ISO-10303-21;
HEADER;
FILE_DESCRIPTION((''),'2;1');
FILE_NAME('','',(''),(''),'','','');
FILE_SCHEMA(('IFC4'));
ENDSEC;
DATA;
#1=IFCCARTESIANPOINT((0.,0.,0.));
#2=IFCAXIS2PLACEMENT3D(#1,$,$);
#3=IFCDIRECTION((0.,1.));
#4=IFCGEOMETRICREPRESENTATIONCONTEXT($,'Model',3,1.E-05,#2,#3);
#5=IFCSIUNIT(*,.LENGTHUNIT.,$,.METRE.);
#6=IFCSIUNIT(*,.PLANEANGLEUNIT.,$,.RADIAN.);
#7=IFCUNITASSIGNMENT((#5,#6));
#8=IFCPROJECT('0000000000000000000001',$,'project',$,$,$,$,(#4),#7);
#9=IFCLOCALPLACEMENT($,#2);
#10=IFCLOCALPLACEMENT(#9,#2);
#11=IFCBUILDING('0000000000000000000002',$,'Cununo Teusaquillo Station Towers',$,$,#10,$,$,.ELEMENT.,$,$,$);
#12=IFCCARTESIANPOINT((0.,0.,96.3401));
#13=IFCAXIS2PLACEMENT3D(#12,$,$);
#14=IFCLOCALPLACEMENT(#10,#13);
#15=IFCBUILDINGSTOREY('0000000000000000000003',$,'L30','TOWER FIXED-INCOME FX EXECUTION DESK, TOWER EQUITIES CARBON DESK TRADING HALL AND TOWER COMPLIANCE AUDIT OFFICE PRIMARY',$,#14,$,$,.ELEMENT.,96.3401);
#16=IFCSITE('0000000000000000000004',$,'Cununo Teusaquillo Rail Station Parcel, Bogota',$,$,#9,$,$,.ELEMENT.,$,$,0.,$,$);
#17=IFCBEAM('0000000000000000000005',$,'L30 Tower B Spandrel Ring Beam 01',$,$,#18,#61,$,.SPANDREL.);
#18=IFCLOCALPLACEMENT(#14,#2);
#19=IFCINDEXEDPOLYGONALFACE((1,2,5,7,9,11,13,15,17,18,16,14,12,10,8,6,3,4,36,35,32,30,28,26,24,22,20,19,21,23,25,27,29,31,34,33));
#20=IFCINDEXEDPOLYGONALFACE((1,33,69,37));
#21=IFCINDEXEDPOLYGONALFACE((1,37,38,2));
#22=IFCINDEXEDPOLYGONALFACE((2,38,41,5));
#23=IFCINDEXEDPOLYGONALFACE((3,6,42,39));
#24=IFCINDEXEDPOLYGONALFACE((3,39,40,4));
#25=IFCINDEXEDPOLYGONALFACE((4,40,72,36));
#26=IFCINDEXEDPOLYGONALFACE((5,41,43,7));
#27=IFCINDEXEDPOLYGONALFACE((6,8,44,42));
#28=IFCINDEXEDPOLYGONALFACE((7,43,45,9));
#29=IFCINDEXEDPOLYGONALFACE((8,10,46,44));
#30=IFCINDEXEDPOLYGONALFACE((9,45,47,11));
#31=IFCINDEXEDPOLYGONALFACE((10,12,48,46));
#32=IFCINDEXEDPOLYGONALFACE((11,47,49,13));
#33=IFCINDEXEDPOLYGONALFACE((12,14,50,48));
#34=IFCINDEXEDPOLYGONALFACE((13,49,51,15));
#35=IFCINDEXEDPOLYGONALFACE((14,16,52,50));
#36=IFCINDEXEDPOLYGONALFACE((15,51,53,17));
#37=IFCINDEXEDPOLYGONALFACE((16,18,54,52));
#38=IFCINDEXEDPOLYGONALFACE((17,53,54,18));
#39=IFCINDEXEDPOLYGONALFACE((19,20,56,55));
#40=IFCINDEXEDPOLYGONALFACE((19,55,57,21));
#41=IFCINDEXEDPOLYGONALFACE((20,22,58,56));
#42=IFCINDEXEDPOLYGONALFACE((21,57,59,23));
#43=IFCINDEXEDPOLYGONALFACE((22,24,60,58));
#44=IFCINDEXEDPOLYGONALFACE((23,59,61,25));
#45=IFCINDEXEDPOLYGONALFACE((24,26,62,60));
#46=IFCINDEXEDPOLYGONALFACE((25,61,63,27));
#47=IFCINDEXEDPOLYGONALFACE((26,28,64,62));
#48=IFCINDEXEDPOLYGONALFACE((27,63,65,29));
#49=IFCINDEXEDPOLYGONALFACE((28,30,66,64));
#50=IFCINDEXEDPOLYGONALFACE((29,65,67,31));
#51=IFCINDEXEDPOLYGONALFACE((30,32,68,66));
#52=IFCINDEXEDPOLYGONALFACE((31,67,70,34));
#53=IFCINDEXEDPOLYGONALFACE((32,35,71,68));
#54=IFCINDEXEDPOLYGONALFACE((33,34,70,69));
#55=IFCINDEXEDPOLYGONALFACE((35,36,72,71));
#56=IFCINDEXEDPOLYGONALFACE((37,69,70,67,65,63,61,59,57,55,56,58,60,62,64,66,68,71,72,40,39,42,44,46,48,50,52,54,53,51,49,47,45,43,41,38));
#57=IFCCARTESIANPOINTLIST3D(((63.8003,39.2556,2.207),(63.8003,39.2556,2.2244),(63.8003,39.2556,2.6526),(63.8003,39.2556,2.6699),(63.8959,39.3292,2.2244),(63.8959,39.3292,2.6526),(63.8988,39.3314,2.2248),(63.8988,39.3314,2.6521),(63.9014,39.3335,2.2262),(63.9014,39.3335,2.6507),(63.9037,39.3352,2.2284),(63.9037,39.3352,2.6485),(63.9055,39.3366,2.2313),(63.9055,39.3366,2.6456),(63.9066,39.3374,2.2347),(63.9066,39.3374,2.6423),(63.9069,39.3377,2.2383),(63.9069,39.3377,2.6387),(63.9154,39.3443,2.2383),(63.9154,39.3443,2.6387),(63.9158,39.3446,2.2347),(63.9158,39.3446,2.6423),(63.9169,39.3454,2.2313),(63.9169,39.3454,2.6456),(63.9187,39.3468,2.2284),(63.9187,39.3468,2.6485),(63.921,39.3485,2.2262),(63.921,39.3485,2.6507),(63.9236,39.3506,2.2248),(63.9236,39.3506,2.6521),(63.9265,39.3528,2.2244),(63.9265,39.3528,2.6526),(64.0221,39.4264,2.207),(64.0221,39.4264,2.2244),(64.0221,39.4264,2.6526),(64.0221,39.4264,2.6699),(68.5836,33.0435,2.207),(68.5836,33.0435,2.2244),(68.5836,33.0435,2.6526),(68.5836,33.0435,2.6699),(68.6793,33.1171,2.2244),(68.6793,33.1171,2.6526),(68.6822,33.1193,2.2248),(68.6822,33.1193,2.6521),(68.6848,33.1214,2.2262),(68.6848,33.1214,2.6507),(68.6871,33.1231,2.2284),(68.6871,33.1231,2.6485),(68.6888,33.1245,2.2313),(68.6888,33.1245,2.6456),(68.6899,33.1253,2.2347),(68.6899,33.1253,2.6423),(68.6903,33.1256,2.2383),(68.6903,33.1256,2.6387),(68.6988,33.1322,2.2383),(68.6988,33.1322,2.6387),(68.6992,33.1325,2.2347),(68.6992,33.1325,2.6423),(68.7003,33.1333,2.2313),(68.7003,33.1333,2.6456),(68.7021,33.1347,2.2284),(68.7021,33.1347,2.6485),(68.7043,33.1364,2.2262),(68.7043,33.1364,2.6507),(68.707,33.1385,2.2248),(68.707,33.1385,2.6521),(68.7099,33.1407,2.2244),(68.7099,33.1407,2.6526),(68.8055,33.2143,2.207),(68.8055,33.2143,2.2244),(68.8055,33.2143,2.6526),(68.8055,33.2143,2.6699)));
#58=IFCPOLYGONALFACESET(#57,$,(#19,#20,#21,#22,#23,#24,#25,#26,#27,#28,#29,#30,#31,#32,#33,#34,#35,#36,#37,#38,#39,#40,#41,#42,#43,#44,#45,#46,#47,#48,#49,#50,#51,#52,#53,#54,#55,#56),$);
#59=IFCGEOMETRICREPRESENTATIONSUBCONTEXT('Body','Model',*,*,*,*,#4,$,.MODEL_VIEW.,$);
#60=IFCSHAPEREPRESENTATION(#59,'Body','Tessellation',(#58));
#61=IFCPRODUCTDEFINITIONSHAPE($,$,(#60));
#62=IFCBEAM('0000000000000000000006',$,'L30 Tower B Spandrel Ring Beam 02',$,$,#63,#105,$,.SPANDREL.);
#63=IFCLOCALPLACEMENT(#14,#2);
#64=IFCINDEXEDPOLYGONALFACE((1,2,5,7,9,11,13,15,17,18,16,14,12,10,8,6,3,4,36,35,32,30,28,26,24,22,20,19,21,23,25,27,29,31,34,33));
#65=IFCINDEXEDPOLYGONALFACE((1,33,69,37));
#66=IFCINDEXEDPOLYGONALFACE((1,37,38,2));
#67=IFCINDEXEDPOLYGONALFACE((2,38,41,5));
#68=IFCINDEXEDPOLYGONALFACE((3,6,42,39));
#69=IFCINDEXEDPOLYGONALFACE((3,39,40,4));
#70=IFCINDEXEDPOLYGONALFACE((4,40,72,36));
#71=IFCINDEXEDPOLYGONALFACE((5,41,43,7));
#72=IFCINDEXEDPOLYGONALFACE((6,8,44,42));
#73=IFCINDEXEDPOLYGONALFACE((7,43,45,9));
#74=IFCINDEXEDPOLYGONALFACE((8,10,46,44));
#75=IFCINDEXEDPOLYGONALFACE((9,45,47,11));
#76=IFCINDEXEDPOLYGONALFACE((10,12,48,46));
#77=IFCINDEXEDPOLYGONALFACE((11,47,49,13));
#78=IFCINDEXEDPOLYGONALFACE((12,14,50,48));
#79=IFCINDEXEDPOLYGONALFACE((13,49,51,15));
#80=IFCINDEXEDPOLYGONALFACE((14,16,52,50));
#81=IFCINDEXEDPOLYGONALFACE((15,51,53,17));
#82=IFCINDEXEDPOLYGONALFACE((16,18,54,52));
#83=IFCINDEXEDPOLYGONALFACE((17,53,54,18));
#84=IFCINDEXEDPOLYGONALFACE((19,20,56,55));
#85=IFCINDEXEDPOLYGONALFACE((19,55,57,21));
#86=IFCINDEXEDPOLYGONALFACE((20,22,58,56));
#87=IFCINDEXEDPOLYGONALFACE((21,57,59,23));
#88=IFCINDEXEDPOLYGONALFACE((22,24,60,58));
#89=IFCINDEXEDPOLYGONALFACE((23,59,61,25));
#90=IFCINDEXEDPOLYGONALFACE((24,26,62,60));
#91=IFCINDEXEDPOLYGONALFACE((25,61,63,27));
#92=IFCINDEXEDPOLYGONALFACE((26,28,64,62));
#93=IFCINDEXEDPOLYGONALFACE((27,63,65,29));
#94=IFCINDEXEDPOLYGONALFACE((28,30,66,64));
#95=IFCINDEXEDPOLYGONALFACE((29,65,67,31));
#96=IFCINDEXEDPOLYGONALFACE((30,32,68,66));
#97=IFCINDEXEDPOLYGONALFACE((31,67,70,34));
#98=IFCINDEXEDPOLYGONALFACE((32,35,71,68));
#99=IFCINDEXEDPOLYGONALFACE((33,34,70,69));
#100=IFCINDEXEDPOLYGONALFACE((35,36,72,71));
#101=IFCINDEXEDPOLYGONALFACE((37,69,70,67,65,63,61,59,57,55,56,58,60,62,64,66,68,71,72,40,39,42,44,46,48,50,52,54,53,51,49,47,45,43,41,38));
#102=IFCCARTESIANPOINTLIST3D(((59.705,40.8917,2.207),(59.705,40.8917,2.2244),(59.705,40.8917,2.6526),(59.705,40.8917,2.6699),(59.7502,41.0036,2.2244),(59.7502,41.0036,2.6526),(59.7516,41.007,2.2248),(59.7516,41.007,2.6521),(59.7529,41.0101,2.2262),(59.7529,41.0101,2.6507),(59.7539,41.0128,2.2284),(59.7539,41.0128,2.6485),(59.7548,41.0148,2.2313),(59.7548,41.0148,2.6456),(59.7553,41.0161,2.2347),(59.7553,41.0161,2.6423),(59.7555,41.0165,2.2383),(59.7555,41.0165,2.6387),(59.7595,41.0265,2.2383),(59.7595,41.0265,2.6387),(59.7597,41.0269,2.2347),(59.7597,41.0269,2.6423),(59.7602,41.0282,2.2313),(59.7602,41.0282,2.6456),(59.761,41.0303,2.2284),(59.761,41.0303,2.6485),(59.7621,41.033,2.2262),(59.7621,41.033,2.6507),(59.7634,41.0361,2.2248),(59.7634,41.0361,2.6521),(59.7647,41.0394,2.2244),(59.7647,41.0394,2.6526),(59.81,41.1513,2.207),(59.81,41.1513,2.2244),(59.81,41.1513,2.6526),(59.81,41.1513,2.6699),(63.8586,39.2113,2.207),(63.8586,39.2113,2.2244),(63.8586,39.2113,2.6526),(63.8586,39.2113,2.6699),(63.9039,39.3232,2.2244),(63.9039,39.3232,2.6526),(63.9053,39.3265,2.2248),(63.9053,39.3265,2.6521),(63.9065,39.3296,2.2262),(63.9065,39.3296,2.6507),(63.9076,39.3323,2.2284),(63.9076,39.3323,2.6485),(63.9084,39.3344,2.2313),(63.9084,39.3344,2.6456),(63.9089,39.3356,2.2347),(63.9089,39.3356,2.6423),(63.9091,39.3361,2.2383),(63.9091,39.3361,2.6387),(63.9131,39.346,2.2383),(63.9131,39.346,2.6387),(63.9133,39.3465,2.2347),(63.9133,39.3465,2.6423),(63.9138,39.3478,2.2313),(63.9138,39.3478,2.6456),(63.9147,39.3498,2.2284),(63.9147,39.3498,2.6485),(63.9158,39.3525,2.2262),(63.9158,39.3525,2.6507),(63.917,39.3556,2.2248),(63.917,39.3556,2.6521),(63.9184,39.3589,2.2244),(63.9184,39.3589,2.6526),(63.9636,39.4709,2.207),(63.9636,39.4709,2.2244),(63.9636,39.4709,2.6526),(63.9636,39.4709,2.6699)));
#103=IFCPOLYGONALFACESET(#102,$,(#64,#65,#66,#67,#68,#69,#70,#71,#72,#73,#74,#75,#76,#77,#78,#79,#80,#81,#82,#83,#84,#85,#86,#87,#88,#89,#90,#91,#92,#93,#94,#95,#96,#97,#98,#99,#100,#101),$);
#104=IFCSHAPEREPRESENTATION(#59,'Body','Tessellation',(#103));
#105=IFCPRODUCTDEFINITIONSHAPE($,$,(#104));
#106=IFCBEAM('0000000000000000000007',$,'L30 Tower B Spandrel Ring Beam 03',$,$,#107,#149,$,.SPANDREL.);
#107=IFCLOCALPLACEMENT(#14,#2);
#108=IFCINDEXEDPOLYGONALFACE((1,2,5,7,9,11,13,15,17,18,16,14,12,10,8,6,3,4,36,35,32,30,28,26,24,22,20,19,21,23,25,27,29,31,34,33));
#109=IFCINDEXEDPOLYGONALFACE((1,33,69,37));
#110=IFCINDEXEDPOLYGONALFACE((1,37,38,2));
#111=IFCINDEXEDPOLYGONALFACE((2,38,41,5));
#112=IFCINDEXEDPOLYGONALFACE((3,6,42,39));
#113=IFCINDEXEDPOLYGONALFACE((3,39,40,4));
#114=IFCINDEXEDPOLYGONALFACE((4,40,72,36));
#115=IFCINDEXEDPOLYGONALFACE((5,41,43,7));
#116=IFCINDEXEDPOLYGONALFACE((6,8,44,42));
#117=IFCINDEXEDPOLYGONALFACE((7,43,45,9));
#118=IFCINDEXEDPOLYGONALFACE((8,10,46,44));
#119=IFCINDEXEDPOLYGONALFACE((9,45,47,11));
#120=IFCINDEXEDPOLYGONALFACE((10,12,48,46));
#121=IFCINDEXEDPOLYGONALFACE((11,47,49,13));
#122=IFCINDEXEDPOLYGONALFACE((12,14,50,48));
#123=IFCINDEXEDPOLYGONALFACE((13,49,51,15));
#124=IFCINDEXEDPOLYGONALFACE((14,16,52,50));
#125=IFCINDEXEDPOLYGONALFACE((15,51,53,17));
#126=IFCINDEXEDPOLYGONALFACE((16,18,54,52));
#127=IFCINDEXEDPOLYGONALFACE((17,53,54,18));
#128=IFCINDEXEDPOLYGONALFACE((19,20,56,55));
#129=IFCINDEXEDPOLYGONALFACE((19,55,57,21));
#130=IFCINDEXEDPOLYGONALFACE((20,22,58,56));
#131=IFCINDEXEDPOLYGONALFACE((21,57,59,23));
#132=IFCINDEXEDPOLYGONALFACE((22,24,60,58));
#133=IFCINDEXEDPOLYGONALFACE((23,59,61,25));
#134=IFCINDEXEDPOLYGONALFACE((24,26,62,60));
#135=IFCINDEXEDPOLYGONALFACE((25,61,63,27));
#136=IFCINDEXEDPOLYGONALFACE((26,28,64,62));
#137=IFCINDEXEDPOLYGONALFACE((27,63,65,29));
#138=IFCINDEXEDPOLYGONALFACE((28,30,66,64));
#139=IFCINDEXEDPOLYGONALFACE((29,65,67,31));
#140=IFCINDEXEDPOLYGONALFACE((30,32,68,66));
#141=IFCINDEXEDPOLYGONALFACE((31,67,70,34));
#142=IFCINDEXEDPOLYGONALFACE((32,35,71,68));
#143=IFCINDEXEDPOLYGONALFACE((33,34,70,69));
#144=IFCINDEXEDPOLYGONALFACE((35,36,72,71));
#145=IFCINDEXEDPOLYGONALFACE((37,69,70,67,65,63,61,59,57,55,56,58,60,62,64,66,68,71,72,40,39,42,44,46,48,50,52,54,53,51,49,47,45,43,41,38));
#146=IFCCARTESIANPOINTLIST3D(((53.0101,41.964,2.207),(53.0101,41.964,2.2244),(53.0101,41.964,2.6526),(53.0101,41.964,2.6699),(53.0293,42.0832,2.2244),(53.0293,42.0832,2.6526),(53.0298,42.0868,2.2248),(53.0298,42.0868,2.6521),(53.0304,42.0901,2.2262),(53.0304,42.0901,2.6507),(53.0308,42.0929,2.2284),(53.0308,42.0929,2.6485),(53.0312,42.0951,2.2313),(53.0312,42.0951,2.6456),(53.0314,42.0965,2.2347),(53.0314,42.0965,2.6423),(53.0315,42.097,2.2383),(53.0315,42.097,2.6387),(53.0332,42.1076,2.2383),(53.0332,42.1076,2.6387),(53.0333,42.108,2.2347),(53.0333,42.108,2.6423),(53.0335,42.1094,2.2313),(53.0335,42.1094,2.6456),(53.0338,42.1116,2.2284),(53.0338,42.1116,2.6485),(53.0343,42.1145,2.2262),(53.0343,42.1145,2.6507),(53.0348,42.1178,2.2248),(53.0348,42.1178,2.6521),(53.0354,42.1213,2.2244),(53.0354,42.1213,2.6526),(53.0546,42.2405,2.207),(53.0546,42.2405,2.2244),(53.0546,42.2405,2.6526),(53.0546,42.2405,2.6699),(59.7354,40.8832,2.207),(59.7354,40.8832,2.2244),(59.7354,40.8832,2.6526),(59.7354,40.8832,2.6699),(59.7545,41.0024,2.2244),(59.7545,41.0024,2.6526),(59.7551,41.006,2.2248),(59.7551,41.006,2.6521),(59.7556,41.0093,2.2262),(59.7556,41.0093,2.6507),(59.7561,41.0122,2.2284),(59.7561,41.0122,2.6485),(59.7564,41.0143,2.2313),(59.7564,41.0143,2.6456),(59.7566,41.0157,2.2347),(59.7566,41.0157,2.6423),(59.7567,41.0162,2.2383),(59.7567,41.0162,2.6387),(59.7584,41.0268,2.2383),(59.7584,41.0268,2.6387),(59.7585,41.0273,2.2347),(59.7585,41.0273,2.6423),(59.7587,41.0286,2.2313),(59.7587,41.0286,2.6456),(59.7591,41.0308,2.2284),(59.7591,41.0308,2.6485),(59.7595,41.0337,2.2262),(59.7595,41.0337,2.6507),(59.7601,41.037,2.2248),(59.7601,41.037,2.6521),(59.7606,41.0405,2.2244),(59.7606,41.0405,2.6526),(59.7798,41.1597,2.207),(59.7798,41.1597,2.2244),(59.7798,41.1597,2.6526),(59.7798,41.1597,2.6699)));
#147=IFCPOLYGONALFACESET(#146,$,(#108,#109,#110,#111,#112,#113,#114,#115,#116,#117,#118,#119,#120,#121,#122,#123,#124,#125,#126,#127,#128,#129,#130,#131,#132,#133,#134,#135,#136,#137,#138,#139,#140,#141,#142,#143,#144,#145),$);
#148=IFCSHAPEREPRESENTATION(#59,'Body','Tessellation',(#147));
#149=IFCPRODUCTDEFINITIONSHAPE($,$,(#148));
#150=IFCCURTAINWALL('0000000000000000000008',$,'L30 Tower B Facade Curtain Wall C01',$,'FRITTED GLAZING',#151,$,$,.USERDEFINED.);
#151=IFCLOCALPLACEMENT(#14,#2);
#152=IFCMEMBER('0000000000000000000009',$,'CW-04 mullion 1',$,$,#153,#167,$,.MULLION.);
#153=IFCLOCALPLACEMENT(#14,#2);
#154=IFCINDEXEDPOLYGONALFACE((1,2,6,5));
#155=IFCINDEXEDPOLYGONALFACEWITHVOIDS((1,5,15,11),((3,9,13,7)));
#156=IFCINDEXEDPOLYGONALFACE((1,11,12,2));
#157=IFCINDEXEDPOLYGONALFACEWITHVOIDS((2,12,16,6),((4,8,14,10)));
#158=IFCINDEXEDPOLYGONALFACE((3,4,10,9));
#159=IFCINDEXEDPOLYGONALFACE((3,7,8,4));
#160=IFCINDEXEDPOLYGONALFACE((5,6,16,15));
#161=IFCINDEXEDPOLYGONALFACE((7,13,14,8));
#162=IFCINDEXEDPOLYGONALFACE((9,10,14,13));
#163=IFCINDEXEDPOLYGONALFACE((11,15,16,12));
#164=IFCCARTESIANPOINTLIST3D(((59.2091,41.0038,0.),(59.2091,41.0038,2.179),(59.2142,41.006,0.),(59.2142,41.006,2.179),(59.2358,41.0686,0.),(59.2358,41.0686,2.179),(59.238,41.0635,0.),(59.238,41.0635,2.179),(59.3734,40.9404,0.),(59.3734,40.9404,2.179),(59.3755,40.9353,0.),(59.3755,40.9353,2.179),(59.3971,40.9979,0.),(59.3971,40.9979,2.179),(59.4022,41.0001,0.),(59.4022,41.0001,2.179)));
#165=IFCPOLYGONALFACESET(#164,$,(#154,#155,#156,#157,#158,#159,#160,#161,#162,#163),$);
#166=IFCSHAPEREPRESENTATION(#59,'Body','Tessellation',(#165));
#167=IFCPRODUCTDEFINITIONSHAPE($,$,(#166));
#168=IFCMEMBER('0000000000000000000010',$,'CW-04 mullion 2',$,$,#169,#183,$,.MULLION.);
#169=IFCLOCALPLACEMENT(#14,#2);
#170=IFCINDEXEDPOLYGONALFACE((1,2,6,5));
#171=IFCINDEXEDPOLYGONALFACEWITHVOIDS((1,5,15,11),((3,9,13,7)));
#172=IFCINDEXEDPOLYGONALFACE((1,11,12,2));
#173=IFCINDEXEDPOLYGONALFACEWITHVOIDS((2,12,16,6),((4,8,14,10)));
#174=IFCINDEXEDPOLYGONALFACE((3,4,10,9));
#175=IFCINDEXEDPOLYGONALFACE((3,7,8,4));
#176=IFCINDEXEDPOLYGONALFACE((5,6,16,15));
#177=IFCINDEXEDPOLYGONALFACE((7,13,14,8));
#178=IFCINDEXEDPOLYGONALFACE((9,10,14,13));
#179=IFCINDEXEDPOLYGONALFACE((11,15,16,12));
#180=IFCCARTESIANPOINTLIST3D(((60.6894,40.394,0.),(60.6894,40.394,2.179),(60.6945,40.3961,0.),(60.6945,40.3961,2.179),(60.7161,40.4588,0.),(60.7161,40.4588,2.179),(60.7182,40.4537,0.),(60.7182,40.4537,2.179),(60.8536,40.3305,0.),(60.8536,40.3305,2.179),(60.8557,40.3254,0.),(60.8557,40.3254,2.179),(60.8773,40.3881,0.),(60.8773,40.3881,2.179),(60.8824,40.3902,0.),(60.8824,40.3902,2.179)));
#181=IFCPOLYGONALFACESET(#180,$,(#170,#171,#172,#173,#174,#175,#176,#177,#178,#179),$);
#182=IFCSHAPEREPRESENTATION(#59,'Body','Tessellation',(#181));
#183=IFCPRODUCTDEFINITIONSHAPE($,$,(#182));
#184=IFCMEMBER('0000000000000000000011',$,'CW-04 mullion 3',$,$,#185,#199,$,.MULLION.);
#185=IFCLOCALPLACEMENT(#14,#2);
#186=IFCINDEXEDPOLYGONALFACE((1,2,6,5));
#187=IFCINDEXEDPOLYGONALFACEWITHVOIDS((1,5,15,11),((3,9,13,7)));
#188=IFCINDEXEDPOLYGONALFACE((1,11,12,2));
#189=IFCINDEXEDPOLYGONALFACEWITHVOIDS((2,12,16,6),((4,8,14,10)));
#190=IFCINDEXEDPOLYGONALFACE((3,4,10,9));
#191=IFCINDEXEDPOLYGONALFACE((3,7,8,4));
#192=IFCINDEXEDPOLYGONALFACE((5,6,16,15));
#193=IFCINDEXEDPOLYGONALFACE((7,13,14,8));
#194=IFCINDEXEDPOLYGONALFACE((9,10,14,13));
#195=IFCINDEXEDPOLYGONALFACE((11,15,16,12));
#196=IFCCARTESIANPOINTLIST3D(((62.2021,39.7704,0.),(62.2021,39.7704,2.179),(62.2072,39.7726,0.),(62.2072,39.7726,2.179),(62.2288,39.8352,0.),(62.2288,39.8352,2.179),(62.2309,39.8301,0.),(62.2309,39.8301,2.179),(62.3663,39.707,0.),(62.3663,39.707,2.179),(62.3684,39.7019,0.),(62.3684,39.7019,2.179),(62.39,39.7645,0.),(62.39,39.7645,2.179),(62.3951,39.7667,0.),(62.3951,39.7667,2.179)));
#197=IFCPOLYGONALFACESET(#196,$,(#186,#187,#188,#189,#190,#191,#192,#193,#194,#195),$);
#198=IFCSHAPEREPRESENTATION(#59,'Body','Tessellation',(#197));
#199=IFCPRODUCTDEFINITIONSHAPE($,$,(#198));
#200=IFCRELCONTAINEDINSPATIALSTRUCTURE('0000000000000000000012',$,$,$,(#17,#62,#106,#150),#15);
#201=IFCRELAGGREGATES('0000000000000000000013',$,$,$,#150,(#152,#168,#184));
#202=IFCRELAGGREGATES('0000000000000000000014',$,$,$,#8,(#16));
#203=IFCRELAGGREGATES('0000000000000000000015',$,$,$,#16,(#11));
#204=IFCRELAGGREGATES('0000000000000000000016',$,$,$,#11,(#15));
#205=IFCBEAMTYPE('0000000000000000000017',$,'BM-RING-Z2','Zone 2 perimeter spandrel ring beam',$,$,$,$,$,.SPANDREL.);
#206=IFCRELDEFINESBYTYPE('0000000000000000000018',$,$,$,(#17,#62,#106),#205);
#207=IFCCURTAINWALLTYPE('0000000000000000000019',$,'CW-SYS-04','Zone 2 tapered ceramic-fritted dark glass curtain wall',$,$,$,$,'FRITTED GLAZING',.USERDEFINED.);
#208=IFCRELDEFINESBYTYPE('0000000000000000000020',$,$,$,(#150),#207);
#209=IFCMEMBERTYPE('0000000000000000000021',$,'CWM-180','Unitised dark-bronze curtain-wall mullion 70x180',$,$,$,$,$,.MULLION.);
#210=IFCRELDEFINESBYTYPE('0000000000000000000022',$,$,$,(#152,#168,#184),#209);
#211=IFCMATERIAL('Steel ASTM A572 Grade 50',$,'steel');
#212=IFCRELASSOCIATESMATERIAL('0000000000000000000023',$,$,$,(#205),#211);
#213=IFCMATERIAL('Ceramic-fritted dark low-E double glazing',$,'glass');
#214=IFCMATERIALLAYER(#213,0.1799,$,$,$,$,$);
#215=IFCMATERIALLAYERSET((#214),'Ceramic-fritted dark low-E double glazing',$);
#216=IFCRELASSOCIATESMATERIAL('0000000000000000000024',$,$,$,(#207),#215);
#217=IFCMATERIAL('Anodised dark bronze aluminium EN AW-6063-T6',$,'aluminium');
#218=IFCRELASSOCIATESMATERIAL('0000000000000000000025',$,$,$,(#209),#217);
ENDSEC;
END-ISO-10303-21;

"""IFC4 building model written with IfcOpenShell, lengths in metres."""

from ifc_helpers import new_model, si_unit, direction, frame, origin, origin_2d, place, context, subcontext, project, spatial, hollow_rectangle, i_section, extrude, material, layer, layer_set, material_profile, profile_set, type_object, element, aggregate, save


model = new_model("IFC4")

# Units and contexts
model_context = context("Model", 3, precision=1e-05, world=origin(), true_north=direction((0.0, 1.0)))
body_context = subcontext(model_context, "Body", "Model", "MODEL_VIEW")
ifc_project = project(units=[si_unit("LENGTHUNIT", "METRE"), si_unit("PLANEANGLEUNIT", "RADIAN")], contexts=[model_context])

# Site, building, storey
site_placement = place(None, origin())
site = spatial("IfcSite", under=ifc_project, at=site_placement, Name="Cununo Teusaquillo Rail Station Parcel, Bogota", CompositionType="ELEMENT", RefElevation=0.0)
building_placement = place(site_placement, origin())
building = spatial("IfcBuilding", under=site, at=building_placement, Name="Cununo Teusaquillo Station Towers", CompositionType="ELEMENT")
storey_placement = place(building_placement, frame((0.0, 0.0, 96.3401)))
storey = spatial("IfcBuildingStorey", under=building, at=storey_placement, Name="L30", Description="TOWER FIXED-INCOME FX EXECUTION DESK, TOWER EQUITIES CARBON DESK TRADING HALL AND TOWER COMPLIANCE AUDIT OFFICE PRIMARY", CompositionType="ELEMENT", Elevation=96.3401)

# Beams
ifc_material_1 = material(Name="Steel ASTM A572 Grade 50", Category="steel")
ifc_material_profile_1 = material_profile(ifc_material_1, i_section(OverallWidth=0.28, OverallDepth=0.4629, WebThickness=0.0107, FlangeThickness=0.0173, FilletRadius=0.0139, at=origin_2d()), Name="W18X76")
ifc_profile_set_1 = profile_set([ifc_material_profile_1], Name="Steel ASTM A572 Grade 50")
beam_type = type_object("IfcBeamType", Name="BM-RING-Z2", Description="Zone 2 perimeter spandrel ring beam", PredefinedType="SPANDREL", material=ifc_profile_set_1)
beam_1_placement = place(storey_placement, frame((68.6946, 33.1289, 2.4385), z_axis=(-0.6101, 0.792324, 0.0), x_axis=(-0.792324, -0.6101, 0.0)))
element("IfcBeam", 1, at=beam_1_placement, inside=storey, type_object=beam_type, Name="L30 Tower B Spandrel Ring Beam 01", PredefinedType="SPANDREL", context=body_context, shape_type="SweptSolid", body=[
    extrude(i_section(OverallWidth=0.28, OverallDepth=0.4629, WebThickness=0.0107, FlangeThickness=0.0173, FilletRadius=0.0139, at=origin_2d()), origin(), (0.0, 0.0, 1.0), 7.8403),
])
beam_2_placement = place(storey_placement, frame((63.9111, 39.3411, 2.4385), z_axis=(-0.927008, 0.375042, 0.0), x_axis=(-0.375042, -0.927008, 0.0)))
element("IfcBeam", 2, at=beam_2_placement, inside=storey, type_object=beam_type, Name="L30 Tower B Spandrel Ring Beam 02", PredefinedType="SPANDREL", context=body_context, shape_type="SweptSolid", body=[
    extrude(i_section(OverallWidth=0.28, OverallDepth=0.4629, WebThickness=0.0107, FlangeThickness=0.0173, FilletRadius=0.0139, at=origin_2d()), origin(), (0.0, 0.0, 1.0), 4.4807),
])
beam_3_placement = place(storey_placement, frame((59.7576, 41.0215, 2.4385), z_axis=(-0.987331, 0.158671, 0.0), x_axis=(-0.158671, -0.987331, 0.0)))
element("IfcBeam", 3, at=beam_3_placement, inside=storey, type_object=beam_type, Name="L30 Tower B Spandrel Ring Beam 03", PredefinedType="SPANDREL", context=body_context, shape_type="SweptSolid", body=[
    extrude(i_section(OverallWidth=0.28, OverallDepth=0.4629, WebThickness=0.0107, FlangeThickness=0.0173, FilletRadius=0.0139, at=origin_2d()), origin(), (0.0, 0.0, 1.0), 6.8115),
])

# Curtain wall, members
ifc_material_2 = material(Name="Ceramic-fritted dark low-E double glazing", Category="glass")
ifc_layer_1 = layer(ifc_material_2, 0.1799)
ifc_layer_set_1 = layer_set([ifc_layer_1], Name="Ceramic-fritted dark low-E double glazing")
curtain_wall_type = type_object("IfcCurtainWallType", Name="CW-SYS-04", Description="Zone 2 tapered ceramic-fritted dark glass curtain wall", ElementType="FRITTED GLAZING", PredefinedType="USERDEFINED", material=ifc_layer_set_1)
curtain_wall_placement = place(storey_placement, origin())
curtain_wall = element("IfcCurtainWall", 4, at=curtain_wall_placement, inside=storey, type_object=curtain_wall_type, Name="L30 Tower B Facade Curtain Wall C01", ObjectType="FRITTED GLAZING", PredefinedType="USERDEFINED")
ifc_material_3 = material(Name="Anodised dark bronze aluminium EN AW-6063-T6", Category="aluminium")
ifc_material_profile_2 = material_profile(ifc_material_3, hollow_rectangle(XDim=0.0701, YDim=0.1799, WallThickness=0.0039, at=origin_2d()), Name="CW-MULL-70x180")
ifc_profile_set_2 = profile_set([ifc_material_profile_2], Name="Anodised dark bronze aluminium EN AW-6063-T6")
member_type_1 = type_object("IfcMemberType", Name="CWM-180", Description="Unitised dark-bronze curtain-wall mullion 70x180", PredefinedType="MULLION", material=ifc_profile_set_2)
member_1_placement = place(storey_placement, frame((59.3057, 41.002, 0.0), z_axis=(0.0, 0.0, 1.0), x_axis=(0.381031, 0.924562, 0.0)))
member_1 = element("IfcMember", 5, at=member_1_placement, type_object=member_type_1, Name="CW-04 mullion 1", PredefinedType="MULLION", context=body_context, shape_type="SweptSolid", body=[
    extrude(hollow_rectangle(XDim=0.0701, YDim=0.1799, WallThickness=0.0039, at=origin_2d()), origin(), (0.0, 0.0, 1.0), 2.179),
])
member_2_placement = place(storey_placement, frame((60.7859, 40.3921, 0.0), z_axis=(0.0, 0.0, 1.0), x_axis=(0.381031, 0.924562, 0.0)))
member_2 = element("IfcMember", 6, at=member_2_placement, type_object=member_type_1, Name="CW-04 mullion 2", PredefinedType="MULLION", context=body_context, shape_type="SweptSolid", body=[
    extrude(hollow_rectangle(XDim=0.0701, YDim=0.1799, WallThickness=0.0039, at=origin_2d()), origin(), (0.0, 0.0, 1.0), 2.179),
])
member_3_placement = place(storey_placement, frame((62.2986, 39.7686, 0.0), z_axis=(0.0, 0.0, 1.0), x_axis=(0.381031, 0.924562, 0.0)))
member_3 = element("IfcMember", 7, at=member_3_placement, type_object=member_type_1, Name="CW-04 mullion 3", PredefinedType="MULLION", context=body_context, shape_type="SweptSolid", body=[
    extrude(hollow_rectangle(XDim=0.0701, YDim=0.1799, WallThickness=0.0039, at=origin_2d()), origin(), (0.0, 0.0, 1.0), 2.179),
])

aggregate(curtain_wall, [member_1, member_2, member_3])

save(model, "model.ifc")
